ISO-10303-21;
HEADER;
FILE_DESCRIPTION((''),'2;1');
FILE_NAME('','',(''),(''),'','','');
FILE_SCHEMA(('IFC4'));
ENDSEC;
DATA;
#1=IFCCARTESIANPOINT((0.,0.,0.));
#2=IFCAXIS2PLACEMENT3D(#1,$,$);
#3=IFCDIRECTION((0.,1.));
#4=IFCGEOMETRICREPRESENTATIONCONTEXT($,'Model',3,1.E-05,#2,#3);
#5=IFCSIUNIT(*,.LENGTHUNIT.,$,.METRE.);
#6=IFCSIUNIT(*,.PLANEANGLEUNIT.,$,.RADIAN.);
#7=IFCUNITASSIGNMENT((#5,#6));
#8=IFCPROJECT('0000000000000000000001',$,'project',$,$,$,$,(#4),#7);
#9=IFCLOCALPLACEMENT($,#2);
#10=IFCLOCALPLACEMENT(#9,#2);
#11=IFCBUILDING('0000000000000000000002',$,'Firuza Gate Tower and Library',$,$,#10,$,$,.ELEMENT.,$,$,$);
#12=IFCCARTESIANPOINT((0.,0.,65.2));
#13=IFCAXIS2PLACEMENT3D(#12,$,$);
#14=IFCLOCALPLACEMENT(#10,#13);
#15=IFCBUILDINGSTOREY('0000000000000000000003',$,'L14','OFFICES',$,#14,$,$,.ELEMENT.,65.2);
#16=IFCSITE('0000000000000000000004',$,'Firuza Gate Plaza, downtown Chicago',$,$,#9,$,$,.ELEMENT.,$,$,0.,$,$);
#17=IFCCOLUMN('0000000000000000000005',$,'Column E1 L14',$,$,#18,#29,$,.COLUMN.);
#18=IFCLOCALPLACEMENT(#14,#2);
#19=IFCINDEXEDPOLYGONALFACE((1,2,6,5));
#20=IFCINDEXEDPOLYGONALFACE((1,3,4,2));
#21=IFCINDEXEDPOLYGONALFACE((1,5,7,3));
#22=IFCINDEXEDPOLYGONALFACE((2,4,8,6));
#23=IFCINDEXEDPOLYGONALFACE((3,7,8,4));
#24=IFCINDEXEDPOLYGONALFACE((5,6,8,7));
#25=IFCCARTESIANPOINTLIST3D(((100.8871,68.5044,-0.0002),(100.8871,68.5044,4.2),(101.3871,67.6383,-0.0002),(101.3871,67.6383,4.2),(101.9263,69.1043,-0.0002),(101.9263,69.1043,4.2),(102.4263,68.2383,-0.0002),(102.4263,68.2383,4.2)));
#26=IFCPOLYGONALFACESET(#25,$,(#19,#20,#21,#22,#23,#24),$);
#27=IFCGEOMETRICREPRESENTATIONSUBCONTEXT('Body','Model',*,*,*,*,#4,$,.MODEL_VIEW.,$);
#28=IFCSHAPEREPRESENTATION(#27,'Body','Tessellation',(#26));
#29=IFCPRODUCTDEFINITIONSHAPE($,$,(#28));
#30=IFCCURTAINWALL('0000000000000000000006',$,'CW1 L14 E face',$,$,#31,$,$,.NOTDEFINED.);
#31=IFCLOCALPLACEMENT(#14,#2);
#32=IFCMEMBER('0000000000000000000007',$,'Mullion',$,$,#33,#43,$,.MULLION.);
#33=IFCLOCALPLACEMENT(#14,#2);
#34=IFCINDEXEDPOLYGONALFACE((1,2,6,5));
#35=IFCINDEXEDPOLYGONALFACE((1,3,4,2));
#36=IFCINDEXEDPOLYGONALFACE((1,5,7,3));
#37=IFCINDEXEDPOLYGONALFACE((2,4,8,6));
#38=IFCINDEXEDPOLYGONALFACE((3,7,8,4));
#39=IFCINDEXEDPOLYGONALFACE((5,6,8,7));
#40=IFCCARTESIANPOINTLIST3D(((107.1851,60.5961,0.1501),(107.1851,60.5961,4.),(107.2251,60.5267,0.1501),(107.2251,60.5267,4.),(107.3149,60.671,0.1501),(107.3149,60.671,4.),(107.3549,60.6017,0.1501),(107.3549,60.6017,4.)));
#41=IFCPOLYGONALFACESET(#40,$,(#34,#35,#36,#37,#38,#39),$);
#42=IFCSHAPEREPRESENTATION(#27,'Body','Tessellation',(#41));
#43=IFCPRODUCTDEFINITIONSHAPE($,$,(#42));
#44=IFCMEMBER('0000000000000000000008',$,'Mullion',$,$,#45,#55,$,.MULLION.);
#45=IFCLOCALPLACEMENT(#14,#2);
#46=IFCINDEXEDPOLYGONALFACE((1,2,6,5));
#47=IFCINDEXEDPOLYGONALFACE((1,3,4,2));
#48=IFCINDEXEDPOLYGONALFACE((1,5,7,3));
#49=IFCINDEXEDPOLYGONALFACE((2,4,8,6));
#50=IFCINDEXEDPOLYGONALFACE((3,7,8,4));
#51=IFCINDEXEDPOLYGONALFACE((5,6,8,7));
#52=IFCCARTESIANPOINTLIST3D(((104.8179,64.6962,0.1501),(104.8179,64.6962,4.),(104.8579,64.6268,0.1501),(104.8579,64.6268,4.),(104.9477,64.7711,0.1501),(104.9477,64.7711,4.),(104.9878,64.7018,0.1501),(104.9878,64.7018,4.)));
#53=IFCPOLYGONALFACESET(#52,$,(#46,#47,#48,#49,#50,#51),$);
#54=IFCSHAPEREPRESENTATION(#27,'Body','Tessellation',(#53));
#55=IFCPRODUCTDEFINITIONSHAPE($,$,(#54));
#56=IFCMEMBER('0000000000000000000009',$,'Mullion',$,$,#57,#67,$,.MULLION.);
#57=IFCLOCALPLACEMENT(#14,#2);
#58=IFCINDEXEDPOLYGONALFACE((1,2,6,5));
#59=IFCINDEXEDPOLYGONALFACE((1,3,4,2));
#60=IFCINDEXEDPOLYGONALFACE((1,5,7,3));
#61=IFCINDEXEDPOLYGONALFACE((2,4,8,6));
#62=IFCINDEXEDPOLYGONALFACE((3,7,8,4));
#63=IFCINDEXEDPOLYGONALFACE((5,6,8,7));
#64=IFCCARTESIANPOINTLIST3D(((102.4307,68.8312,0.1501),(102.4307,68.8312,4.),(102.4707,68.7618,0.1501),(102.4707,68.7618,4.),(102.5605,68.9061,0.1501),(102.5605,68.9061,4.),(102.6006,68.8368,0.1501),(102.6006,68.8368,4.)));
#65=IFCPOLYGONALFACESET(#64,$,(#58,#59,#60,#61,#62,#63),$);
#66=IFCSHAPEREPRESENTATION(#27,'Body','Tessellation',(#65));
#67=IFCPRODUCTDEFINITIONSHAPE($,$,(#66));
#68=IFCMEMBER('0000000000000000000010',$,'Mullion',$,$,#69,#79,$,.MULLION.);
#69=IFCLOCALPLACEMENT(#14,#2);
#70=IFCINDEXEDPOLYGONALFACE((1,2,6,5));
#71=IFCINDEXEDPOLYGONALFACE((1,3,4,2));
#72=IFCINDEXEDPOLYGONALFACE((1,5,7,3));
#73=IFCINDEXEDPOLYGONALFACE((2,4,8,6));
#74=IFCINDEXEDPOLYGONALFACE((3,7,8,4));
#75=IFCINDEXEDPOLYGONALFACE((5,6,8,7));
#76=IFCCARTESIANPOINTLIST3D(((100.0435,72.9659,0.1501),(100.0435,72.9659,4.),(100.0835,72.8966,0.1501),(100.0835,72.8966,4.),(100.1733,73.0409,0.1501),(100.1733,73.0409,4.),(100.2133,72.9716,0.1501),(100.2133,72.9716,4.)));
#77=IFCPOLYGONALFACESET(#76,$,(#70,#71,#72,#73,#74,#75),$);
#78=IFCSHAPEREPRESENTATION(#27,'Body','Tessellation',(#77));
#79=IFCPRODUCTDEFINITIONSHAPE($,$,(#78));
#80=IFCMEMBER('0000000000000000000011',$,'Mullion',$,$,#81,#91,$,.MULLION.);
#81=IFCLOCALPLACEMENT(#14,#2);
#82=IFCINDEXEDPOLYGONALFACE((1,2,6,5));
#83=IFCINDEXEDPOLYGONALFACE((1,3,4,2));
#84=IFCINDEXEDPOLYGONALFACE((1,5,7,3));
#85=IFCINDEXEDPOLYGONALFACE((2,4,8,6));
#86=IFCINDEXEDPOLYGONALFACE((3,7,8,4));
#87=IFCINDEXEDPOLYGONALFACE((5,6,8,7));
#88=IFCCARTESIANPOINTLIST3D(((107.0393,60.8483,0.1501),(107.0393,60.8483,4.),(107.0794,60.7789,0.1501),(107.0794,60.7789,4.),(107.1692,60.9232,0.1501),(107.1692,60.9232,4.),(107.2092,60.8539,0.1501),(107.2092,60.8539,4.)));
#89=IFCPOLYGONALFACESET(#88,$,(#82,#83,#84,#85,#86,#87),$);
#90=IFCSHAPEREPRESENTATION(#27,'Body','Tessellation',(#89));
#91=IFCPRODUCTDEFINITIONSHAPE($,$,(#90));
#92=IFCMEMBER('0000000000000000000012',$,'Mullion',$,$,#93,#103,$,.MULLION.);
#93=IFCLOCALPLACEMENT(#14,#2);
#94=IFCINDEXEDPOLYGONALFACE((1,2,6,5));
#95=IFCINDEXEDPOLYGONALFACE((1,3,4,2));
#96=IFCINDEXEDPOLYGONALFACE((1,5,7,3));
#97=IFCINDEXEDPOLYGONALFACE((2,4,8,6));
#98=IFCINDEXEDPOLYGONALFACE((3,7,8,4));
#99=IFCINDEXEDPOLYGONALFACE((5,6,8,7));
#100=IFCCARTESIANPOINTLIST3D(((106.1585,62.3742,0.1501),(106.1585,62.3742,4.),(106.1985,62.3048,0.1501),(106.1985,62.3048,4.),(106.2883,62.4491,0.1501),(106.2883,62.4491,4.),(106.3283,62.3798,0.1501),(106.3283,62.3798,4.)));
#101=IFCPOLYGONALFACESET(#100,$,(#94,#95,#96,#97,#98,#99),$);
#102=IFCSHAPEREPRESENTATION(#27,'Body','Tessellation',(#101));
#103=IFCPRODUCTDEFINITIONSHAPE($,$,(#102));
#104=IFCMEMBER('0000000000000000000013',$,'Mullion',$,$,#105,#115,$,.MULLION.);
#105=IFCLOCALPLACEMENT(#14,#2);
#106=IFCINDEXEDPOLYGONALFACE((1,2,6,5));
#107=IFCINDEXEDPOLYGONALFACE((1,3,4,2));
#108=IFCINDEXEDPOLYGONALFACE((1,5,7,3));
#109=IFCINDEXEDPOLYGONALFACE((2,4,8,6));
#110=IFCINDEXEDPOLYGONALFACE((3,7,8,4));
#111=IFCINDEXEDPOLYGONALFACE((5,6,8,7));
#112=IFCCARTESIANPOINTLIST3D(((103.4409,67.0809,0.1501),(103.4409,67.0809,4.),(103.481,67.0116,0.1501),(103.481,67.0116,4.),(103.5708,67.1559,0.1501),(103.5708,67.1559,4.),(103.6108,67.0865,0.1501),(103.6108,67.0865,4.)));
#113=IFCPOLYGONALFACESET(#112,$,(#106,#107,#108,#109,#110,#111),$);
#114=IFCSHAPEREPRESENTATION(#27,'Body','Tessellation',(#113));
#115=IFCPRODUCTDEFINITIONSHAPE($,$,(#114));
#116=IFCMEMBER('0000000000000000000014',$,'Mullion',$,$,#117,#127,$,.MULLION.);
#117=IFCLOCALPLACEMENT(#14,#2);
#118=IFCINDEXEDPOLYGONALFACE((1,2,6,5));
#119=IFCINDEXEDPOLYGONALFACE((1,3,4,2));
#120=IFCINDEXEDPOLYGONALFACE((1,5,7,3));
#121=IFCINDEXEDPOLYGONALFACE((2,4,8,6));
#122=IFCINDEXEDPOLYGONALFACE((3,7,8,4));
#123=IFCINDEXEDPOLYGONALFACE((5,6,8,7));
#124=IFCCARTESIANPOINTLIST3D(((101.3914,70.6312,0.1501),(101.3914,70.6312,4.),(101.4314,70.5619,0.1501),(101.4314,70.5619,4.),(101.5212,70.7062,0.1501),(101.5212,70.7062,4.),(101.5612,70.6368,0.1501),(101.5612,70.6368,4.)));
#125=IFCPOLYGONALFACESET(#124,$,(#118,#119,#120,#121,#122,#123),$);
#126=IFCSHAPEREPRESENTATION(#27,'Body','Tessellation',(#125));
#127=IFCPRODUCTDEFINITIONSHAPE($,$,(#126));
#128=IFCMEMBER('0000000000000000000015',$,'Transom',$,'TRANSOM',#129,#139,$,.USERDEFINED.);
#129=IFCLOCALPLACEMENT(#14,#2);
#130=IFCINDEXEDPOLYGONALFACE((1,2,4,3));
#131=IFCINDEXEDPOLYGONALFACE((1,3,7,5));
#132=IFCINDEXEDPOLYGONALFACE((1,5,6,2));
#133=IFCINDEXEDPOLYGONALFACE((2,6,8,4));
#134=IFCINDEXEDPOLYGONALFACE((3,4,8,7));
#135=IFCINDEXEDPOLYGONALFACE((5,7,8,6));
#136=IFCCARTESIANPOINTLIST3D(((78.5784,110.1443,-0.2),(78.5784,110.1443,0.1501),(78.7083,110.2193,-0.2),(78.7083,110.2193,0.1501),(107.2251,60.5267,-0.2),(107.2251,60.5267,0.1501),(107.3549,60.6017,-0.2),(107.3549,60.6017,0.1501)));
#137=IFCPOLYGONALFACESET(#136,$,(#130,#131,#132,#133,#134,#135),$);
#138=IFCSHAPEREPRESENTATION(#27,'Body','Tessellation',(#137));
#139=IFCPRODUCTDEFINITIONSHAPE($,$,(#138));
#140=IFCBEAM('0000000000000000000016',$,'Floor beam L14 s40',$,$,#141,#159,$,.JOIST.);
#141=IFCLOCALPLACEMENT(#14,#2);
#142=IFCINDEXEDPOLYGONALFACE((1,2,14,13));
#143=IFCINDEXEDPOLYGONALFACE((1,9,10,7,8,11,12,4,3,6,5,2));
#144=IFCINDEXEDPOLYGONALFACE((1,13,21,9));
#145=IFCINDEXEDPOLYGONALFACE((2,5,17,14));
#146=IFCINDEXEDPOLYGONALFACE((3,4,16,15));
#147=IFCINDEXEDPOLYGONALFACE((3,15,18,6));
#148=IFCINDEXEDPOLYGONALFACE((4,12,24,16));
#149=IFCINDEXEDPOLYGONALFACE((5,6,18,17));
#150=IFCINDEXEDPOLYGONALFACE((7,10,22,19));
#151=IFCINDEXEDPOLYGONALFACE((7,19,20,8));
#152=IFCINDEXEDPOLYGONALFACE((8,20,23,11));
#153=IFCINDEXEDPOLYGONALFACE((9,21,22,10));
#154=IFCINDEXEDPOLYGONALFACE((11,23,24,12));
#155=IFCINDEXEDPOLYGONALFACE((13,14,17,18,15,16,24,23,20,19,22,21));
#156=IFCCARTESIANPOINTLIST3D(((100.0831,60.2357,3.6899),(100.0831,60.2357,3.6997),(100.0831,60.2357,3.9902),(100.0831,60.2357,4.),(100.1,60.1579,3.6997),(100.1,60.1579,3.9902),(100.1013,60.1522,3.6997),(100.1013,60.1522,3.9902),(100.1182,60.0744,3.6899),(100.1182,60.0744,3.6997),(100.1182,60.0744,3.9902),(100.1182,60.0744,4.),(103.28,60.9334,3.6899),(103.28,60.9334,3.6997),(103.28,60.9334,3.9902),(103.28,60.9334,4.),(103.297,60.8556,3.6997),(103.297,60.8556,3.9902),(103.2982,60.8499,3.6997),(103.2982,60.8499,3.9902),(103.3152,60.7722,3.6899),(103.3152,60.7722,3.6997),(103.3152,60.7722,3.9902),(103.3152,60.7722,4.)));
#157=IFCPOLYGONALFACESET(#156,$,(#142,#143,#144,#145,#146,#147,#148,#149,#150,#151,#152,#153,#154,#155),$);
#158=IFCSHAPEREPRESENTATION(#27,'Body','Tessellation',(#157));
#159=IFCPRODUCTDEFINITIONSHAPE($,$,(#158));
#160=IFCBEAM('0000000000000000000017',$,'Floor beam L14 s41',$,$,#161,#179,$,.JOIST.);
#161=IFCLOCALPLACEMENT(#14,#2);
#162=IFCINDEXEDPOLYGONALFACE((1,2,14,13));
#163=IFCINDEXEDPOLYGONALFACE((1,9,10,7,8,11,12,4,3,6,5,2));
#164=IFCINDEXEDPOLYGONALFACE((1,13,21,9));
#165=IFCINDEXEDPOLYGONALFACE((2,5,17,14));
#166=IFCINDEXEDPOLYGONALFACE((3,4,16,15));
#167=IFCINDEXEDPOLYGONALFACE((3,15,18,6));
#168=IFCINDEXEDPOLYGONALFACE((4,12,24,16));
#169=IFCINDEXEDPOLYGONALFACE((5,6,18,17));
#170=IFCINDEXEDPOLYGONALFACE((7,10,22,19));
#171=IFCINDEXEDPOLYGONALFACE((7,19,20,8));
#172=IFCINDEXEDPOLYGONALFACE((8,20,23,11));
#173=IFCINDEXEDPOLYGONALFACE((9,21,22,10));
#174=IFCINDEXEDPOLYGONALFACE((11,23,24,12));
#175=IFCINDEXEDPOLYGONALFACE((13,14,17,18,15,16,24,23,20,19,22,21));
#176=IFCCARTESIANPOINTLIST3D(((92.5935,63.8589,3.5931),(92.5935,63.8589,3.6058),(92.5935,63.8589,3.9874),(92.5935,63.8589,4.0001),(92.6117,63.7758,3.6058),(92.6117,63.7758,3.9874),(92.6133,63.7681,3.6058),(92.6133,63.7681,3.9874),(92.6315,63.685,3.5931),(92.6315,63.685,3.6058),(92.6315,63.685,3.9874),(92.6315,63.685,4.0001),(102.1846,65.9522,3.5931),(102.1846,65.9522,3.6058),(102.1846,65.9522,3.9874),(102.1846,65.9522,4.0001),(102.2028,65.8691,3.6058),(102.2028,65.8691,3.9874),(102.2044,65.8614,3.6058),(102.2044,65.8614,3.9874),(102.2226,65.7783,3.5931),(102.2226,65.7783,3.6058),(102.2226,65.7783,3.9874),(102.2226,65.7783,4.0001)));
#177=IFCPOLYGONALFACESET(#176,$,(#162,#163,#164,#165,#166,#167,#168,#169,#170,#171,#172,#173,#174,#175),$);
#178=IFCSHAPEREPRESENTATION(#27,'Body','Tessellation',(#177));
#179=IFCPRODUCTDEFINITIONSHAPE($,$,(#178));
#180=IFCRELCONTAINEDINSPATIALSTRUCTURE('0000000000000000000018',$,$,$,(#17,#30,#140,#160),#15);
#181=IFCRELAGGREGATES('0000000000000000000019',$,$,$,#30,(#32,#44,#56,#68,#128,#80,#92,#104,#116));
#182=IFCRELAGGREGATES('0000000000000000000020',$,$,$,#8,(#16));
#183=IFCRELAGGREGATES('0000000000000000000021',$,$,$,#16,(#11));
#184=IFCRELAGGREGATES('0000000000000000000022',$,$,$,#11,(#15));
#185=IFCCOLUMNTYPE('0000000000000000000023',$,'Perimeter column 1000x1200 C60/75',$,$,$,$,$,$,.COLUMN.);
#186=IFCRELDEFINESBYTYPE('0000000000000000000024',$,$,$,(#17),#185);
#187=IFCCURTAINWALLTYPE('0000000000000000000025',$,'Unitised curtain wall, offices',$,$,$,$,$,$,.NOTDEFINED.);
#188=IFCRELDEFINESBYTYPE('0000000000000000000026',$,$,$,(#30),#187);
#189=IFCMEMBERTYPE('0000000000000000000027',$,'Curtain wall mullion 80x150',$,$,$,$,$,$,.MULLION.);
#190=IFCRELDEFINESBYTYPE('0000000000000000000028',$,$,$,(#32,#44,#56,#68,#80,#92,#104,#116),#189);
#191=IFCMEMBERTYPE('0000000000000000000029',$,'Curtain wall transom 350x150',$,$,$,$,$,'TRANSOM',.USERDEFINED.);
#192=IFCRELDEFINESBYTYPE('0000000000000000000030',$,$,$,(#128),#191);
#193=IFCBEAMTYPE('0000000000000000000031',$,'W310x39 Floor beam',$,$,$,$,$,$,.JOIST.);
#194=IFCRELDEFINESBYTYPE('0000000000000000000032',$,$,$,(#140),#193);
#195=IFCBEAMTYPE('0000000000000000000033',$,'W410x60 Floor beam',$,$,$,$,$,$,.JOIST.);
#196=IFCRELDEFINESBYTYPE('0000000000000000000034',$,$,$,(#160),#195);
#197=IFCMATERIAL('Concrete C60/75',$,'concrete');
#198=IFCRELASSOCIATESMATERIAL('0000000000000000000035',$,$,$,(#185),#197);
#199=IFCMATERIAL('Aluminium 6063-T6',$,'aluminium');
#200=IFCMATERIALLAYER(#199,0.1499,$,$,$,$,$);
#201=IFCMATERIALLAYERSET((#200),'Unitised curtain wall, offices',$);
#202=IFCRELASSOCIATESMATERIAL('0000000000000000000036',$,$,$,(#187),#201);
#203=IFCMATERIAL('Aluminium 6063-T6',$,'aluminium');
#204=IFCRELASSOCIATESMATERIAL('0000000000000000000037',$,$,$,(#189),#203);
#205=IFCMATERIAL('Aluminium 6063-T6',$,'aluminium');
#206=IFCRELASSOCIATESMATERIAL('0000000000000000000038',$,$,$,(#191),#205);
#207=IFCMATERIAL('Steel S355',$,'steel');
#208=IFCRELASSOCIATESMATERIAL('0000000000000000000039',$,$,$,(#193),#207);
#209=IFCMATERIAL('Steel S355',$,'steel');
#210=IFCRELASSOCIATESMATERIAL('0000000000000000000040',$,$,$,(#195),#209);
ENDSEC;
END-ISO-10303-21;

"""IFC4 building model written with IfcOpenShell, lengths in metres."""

from ifc_helpers import new_model, si_unit, direction, frame, origin, origin_2d, place, context, subcontext, project, spatial, rectangle, i_section, extrude, material, layer, layer_set, material_profile, profile_set, type_object, element, aggregate, save


model = new_model("IFC4")

# Units and contexts
model_context = context("Model", 3, precision=1e-05, world=origin(), true_north=direction((0.0, 1.0)))
body_context = subcontext(model_context, "Body", "Model", "MODEL_VIEW")
ifc_project = project(units=[si_unit("LENGTHUNIT", "METRE"), si_unit("PLANEANGLEUNIT", "RADIAN")], contexts=[model_context])

# Site, building, storey
site_placement = place(None, origin())
site = spatial("IfcSite", under=ifc_project, at=site_placement, Name="Firuza Gate Plaza, downtown Chicago", CompositionType="ELEMENT", RefElevation=0.0)
building_placement = place(site_placement, origin())
building = spatial("IfcBuilding", under=site, at=building_placement, Name="Firuza Gate Tower and Library", CompositionType="ELEMENT")
storey_placement = place(building_placement, frame((0.0, 0.0, 65.2)))
storey = spatial("IfcBuildingStorey", under=building, at=storey_placement, Name="L14", Description="OFFICES", CompositionType="ELEMENT", Elevation=65.2)

# Column
ifc_material_1 = material(Name="Concrete C60/75", Category="concrete")
ifc_material_profile_1 = material_profile(ifc_material_1, rectangle(XDim=1.0, YDim=1.2, at=origin_2d()))
ifc_profile_set_1 = profile_set([ifc_material_profile_1], Name="Concrete C60/75")
column_type = type_object("IfcColumnType", Name="Perimeter column 1000x1200 C60/75", PredefinedType="COLUMN", material=ifc_profile_set_1)
column_placement = place(storey_placement, frame((101.6567, 68.3713, -0.0002), z_axis=(0.0, 0.0, 1.0), x_axis=(-0.5, 0.866025, 0.0)))
element("IfcColumn", 1, at=column_placement, inside=storey, type_object=column_type, Name="Column E1 L14", PredefinedType="COLUMN", context=body_context, shape_type="SweptSolid", body=[
    extrude(rectangle(XDim=1.0, YDim=1.2, at=origin_2d()), origin(), (0.0, 0.0, 1.0), 4.2002),
])

# Curtain wall, members
ifc_material_2 = material(Name="Aluminium 6063-T6", Category="aluminium")
ifc_layer_1 = layer(ifc_material_2, 0.1499)
ifc_layer_set_1 = layer_set([ifc_layer_1], Name="Unitised curtain wall, offices")
curtain_wall_type = type_object("IfcCurtainWallType", Name="Unitised curtain wall, offices", PredefinedType="NOTDEFINED", material=ifc_layer_set_1)
curtain_wall_placement = place(storey_placement, origin())
curtain_wall = element("IfcCurtainWall", 2, at=curtain_wall_placement, inside=storey, type_object=curtain_wall_type, Name="CW1 L14 E face", PredefinedType="NOTDEFINED")
ifc_material_3 = material(Name="Aluminium 6063-T6", Category="aluminium")
ifc_material_profile_2 = material_profile(ifc_material_3, rectangle(XDim=0.1499, YDim=0.0801, at=origin_2d()))
ifc_profile_set_2 = profile_set([ifc_material_profile_2], Name="Aluminium 6063-T6")
member_type_1 = type_object("IfcMemberType", Name="Curtain wall mullion 80x150", PredefinedType="MULLION", material=ifc_profile_set_2)
member_1_placement = place(storey_placement, frame((107.27, 60.5989, 0.1501), z_axis=(0.0, 0.0, 1.0), x_axis=(-0.866025, -0.5, 0.0)))
member_1 = element("IfcMember", 3, at=member_1_placement, type_object=member_type_1, Name="Mullion", PredefinedType="MULLION", context=body_context, shape_type="SweptSolid", body=[
    extrude(rectangle(XDim=0.1499, YDim=0.0801, at=origin_2d()), origin(), (0.0, 0.0, 1.0), 3.8499),
])
member_2_placement = place(storey_placement, frame((104.9028, 64.699, 0.1501), z_axis=(0.0, 0.0, 1.0), x_axis=(-0.866025, -0.5, 0.0)))
member_2 = element("IfcMember", 4, at=member_2_placement, type_object=member_type_1, Name="Mullion", PredefinedType="MULLION", context=body_context, shape_type="SweptSolid", body=[
    extrude(rectangle(XDim=0.1499, YDim=0.0801, at=origin_2d()), origin(), (0.0, 0.0, 1.0), 3.8499),
])
member_3_placement = place(storey_placement, frame((102.5156, 68.834, 0.1501), z_axis=(0.0, 0.0, 1.0), x_axis=(-0.866025, -0.5, 0.0)))
member_3 = element("IfcMember", 5, at=member_3_placement, type_object=member_type_1, Name="Mullion", PredefinedType="MULLION", context=body_context, shape_type="SweptSolid", body=[
    extrude(rectangle(XDim=0.1499, YDim=0.0801, at=origin_2d()), origin(), (0.0, 0.0, 1.0), 3.8499),
])
member_4_placement = place(storey_placement, frame((100.1284, 72.9688, 0.1501), z_axis=(0.0, 0.0, 1.0), x_axis=(-0.866025, -0.5, 0.0)))
member_4 = element("IfcMember", 6, at=member_4_placement, type_object=member_type_1, Name="Mullion", PredefinedType="MULLION", context=body_context, shape_type="SweptSolid", body=[
    extrude(rectangle(XDim=0.1499, YDim=0.0801, at=origin_2d()), origin(), (0.0, 0.0, 1.0), 3.8499),
])
member_5_placement = place(storey_placement, frame((107.1243, 60.8511, 0.1501), z_axis=(0.0, 0.0, 1.0), x_axis=(-0.866025, -0.5, 0.0)))
member_5 = element("IfcMember", 7, at=member_5_placement, type_object=member_type_1, Name="Mullion", PredefinedType="MULLION", context=body_context, shape_type="SweptSolid", body=[
    extrude(rectangle(XDim=0.1499, YDim=0.0801, at=origin_2d()), origin(), (0.0, 0.0, 1.0), 3.8499),
])
member_6_placement = place(storey_placement, frame((106.2434, 62.377, 0.1501), z_axis=(0.0, 0.0, 1.0), x_axis=(-0.866025, -0.5, 0.0)))
member_6 = element("IfcMember", 8, at=member_6_placement, type_object=member_type_1, Name="Mullion", PredefinedType="MULLION", context=body_context, shape_type="SweptSolid", body=[
    extrude(rectangle(XDim=0.1499, YDim=0.0801, at=origin_2d()), origin(), (0.0, 0.0, 1.0), 3.8499),
])
member_7_placement = place(storey_placement, frame((103.5259, 67.0837, 0.1501), z_axis=(0.0, 0.0, 1.0), x_axis=(-0.866025, -0.5, 0.0)))
member_7 = element("IfcMember", 9, at=member_7_placement, type_object=member_type_1, Name="Mullion", PredefinedType="MULLION", context=body_context, shape_type="SweptSolid", body=[
    extrude(rectangle(XDim=0.1499, YDim=0.0801, at=origin_2d()), origin(), (0.0, 0.0, 1.0), 3.8499),
])
member_8_placement = place(storey_placement, frame((101.4763, 70.634, 0.1501), z_axis=(0.0, 0.0, 1.0), x_axis=(-0.866025, -0.5, 0.0)))
member_8 = element("IfcMember", 10, at=member_8_placement, type_object=member_type_1, Name="Mullion", PredefinedType="MULLION", context=body_context, shape_type="SweptSolid", body=[
    extrude(rectangle(XDim=0.1499, YDim=0.0801, at=origin_2d()), origin(), (0.0, 0.0, 1.0), 3.8499),
])
ifc_material_4 = material(Name="Aluminium 6063-T6", Category="aluminium")
ifc_material_profile_3 = material_profile(ifc_material_4, rectangle(XDim=0.1499, YDim=0.3501, at=origin_2d()))
ifc_profile_set_3 = profile_set([ifc_material_profile_3], Name="Aluminium 6063-T6")
member_type_2 = type_object("IfcMemberType", Name="Curtain wall transom 350x150", ElementType="TRANSOM", PredefinedType="USERDEFINED", material=ifc_profile_set_3)
member_9_placement = place(storey_placement, frame((107.29, 60.5642, -0.0249), z_axis=(-0.499999, 0.866026, 0.0), x_axis=(-0.866026, -0.499999, 0.0)))
member_9 = element("IfcMember", 11, at=member_9_placement, type_object=member_type_2, Name="Transom", ObjectType="TRANSOM", PredefinedType="USERDEFINED", context=body_context, shape_type="SweptSolid", body=[
    extrude(rectangle(XDim=0.1499, YDim=0.3501, at=origin_2d()), origin(), (0.0, 0.0, 1.0), 57.2935),
])

# Beams
ifc_material_5 = material(Name="Steel S355", Category="steel")
ifc_material_profile_4 = material_profile(ifc_material_5, i_section(OverallWidth=0.165, OverallDepth=0.3101, WebThickness=0.0059, FlangeThickness=0.0098, at=origin_2d()))
ifc_profile_set_4 = profile_set([ifc_material_profile_4], Name="Steel S355")
beam_type_1 = type_object("IfcBeamType", Name="W310x39 Floor beam", PredefinedType="JOIST", material=ifc_profile_set_4)
beam_1_placement = place(storey_placement, frame((103.2976, 60.8528, 3.845), z_axis=(-0.977002, -0.213232, 0.0), x_axis=(0.213232, -0.977002, 0.0)))
element("IfcBeam", 12, at=beam_1_placement, inside=storey, type_object=beam_type_1, Name="Floor beam L14 s40", PredefinedType="JOIST", context=body_context, shape_type="SweptSolid", body=[
    extrude(i_section(OverallWidth=0.165, OverallDepth=0.3101, WebThickness=0.0059, FlangeThickness=0.0098, at=origin_2d()), origin(), (0.0, 0.0, 1.0), 3.2722),
])
ifc_material_6 = material(Name="Steel S355", Category="steel")
ifc_material_profile_5 = material_profile(ifc_material_6, i_section(OverallWidth=0.178, OverallDepth=0.407, WebThickness=0.0078, FlangeThickness=0.0127, at=origin_2d()))
ifc_profile_set_5 = profile_set([ifc_material_profile_5], Name="Steel S355")
beam_type_2 = type_object("IfcBeamType", Name="W410x60 Floor beam", PredefinedType="JOIST", material=ifc_profile_set_5)
beam_2_placement = place(storey_placement, frame((102.2036, 65.8652, 3.7966), z_axis=(-0.977002, -0.213232, 0.0), x_axis=(0.213232, -0.977002, 0.0)))
element("IfcBeam", 13, at=beam_2_placement, inside=storey, type_object=beam_type_2, Name="Floor beam L14 s41", PredefinedType="JOIST", context=body_context, shape_type="SweptSolid", body=[
    extrude(i_section(OverallWidth=0.178, OverallDepth=0.407, WebThickness=0.0078, FlangeThickness=0.0127, at=origin_2d()), origin(), (0.0, 0.0, 1.0), 9.8169),
])

aggregate(curtain_wall, [member_1, member_2, member_3, member_4, member_9, member_5, member_6, member_7, member_8])

save(model, "model.ifc")
